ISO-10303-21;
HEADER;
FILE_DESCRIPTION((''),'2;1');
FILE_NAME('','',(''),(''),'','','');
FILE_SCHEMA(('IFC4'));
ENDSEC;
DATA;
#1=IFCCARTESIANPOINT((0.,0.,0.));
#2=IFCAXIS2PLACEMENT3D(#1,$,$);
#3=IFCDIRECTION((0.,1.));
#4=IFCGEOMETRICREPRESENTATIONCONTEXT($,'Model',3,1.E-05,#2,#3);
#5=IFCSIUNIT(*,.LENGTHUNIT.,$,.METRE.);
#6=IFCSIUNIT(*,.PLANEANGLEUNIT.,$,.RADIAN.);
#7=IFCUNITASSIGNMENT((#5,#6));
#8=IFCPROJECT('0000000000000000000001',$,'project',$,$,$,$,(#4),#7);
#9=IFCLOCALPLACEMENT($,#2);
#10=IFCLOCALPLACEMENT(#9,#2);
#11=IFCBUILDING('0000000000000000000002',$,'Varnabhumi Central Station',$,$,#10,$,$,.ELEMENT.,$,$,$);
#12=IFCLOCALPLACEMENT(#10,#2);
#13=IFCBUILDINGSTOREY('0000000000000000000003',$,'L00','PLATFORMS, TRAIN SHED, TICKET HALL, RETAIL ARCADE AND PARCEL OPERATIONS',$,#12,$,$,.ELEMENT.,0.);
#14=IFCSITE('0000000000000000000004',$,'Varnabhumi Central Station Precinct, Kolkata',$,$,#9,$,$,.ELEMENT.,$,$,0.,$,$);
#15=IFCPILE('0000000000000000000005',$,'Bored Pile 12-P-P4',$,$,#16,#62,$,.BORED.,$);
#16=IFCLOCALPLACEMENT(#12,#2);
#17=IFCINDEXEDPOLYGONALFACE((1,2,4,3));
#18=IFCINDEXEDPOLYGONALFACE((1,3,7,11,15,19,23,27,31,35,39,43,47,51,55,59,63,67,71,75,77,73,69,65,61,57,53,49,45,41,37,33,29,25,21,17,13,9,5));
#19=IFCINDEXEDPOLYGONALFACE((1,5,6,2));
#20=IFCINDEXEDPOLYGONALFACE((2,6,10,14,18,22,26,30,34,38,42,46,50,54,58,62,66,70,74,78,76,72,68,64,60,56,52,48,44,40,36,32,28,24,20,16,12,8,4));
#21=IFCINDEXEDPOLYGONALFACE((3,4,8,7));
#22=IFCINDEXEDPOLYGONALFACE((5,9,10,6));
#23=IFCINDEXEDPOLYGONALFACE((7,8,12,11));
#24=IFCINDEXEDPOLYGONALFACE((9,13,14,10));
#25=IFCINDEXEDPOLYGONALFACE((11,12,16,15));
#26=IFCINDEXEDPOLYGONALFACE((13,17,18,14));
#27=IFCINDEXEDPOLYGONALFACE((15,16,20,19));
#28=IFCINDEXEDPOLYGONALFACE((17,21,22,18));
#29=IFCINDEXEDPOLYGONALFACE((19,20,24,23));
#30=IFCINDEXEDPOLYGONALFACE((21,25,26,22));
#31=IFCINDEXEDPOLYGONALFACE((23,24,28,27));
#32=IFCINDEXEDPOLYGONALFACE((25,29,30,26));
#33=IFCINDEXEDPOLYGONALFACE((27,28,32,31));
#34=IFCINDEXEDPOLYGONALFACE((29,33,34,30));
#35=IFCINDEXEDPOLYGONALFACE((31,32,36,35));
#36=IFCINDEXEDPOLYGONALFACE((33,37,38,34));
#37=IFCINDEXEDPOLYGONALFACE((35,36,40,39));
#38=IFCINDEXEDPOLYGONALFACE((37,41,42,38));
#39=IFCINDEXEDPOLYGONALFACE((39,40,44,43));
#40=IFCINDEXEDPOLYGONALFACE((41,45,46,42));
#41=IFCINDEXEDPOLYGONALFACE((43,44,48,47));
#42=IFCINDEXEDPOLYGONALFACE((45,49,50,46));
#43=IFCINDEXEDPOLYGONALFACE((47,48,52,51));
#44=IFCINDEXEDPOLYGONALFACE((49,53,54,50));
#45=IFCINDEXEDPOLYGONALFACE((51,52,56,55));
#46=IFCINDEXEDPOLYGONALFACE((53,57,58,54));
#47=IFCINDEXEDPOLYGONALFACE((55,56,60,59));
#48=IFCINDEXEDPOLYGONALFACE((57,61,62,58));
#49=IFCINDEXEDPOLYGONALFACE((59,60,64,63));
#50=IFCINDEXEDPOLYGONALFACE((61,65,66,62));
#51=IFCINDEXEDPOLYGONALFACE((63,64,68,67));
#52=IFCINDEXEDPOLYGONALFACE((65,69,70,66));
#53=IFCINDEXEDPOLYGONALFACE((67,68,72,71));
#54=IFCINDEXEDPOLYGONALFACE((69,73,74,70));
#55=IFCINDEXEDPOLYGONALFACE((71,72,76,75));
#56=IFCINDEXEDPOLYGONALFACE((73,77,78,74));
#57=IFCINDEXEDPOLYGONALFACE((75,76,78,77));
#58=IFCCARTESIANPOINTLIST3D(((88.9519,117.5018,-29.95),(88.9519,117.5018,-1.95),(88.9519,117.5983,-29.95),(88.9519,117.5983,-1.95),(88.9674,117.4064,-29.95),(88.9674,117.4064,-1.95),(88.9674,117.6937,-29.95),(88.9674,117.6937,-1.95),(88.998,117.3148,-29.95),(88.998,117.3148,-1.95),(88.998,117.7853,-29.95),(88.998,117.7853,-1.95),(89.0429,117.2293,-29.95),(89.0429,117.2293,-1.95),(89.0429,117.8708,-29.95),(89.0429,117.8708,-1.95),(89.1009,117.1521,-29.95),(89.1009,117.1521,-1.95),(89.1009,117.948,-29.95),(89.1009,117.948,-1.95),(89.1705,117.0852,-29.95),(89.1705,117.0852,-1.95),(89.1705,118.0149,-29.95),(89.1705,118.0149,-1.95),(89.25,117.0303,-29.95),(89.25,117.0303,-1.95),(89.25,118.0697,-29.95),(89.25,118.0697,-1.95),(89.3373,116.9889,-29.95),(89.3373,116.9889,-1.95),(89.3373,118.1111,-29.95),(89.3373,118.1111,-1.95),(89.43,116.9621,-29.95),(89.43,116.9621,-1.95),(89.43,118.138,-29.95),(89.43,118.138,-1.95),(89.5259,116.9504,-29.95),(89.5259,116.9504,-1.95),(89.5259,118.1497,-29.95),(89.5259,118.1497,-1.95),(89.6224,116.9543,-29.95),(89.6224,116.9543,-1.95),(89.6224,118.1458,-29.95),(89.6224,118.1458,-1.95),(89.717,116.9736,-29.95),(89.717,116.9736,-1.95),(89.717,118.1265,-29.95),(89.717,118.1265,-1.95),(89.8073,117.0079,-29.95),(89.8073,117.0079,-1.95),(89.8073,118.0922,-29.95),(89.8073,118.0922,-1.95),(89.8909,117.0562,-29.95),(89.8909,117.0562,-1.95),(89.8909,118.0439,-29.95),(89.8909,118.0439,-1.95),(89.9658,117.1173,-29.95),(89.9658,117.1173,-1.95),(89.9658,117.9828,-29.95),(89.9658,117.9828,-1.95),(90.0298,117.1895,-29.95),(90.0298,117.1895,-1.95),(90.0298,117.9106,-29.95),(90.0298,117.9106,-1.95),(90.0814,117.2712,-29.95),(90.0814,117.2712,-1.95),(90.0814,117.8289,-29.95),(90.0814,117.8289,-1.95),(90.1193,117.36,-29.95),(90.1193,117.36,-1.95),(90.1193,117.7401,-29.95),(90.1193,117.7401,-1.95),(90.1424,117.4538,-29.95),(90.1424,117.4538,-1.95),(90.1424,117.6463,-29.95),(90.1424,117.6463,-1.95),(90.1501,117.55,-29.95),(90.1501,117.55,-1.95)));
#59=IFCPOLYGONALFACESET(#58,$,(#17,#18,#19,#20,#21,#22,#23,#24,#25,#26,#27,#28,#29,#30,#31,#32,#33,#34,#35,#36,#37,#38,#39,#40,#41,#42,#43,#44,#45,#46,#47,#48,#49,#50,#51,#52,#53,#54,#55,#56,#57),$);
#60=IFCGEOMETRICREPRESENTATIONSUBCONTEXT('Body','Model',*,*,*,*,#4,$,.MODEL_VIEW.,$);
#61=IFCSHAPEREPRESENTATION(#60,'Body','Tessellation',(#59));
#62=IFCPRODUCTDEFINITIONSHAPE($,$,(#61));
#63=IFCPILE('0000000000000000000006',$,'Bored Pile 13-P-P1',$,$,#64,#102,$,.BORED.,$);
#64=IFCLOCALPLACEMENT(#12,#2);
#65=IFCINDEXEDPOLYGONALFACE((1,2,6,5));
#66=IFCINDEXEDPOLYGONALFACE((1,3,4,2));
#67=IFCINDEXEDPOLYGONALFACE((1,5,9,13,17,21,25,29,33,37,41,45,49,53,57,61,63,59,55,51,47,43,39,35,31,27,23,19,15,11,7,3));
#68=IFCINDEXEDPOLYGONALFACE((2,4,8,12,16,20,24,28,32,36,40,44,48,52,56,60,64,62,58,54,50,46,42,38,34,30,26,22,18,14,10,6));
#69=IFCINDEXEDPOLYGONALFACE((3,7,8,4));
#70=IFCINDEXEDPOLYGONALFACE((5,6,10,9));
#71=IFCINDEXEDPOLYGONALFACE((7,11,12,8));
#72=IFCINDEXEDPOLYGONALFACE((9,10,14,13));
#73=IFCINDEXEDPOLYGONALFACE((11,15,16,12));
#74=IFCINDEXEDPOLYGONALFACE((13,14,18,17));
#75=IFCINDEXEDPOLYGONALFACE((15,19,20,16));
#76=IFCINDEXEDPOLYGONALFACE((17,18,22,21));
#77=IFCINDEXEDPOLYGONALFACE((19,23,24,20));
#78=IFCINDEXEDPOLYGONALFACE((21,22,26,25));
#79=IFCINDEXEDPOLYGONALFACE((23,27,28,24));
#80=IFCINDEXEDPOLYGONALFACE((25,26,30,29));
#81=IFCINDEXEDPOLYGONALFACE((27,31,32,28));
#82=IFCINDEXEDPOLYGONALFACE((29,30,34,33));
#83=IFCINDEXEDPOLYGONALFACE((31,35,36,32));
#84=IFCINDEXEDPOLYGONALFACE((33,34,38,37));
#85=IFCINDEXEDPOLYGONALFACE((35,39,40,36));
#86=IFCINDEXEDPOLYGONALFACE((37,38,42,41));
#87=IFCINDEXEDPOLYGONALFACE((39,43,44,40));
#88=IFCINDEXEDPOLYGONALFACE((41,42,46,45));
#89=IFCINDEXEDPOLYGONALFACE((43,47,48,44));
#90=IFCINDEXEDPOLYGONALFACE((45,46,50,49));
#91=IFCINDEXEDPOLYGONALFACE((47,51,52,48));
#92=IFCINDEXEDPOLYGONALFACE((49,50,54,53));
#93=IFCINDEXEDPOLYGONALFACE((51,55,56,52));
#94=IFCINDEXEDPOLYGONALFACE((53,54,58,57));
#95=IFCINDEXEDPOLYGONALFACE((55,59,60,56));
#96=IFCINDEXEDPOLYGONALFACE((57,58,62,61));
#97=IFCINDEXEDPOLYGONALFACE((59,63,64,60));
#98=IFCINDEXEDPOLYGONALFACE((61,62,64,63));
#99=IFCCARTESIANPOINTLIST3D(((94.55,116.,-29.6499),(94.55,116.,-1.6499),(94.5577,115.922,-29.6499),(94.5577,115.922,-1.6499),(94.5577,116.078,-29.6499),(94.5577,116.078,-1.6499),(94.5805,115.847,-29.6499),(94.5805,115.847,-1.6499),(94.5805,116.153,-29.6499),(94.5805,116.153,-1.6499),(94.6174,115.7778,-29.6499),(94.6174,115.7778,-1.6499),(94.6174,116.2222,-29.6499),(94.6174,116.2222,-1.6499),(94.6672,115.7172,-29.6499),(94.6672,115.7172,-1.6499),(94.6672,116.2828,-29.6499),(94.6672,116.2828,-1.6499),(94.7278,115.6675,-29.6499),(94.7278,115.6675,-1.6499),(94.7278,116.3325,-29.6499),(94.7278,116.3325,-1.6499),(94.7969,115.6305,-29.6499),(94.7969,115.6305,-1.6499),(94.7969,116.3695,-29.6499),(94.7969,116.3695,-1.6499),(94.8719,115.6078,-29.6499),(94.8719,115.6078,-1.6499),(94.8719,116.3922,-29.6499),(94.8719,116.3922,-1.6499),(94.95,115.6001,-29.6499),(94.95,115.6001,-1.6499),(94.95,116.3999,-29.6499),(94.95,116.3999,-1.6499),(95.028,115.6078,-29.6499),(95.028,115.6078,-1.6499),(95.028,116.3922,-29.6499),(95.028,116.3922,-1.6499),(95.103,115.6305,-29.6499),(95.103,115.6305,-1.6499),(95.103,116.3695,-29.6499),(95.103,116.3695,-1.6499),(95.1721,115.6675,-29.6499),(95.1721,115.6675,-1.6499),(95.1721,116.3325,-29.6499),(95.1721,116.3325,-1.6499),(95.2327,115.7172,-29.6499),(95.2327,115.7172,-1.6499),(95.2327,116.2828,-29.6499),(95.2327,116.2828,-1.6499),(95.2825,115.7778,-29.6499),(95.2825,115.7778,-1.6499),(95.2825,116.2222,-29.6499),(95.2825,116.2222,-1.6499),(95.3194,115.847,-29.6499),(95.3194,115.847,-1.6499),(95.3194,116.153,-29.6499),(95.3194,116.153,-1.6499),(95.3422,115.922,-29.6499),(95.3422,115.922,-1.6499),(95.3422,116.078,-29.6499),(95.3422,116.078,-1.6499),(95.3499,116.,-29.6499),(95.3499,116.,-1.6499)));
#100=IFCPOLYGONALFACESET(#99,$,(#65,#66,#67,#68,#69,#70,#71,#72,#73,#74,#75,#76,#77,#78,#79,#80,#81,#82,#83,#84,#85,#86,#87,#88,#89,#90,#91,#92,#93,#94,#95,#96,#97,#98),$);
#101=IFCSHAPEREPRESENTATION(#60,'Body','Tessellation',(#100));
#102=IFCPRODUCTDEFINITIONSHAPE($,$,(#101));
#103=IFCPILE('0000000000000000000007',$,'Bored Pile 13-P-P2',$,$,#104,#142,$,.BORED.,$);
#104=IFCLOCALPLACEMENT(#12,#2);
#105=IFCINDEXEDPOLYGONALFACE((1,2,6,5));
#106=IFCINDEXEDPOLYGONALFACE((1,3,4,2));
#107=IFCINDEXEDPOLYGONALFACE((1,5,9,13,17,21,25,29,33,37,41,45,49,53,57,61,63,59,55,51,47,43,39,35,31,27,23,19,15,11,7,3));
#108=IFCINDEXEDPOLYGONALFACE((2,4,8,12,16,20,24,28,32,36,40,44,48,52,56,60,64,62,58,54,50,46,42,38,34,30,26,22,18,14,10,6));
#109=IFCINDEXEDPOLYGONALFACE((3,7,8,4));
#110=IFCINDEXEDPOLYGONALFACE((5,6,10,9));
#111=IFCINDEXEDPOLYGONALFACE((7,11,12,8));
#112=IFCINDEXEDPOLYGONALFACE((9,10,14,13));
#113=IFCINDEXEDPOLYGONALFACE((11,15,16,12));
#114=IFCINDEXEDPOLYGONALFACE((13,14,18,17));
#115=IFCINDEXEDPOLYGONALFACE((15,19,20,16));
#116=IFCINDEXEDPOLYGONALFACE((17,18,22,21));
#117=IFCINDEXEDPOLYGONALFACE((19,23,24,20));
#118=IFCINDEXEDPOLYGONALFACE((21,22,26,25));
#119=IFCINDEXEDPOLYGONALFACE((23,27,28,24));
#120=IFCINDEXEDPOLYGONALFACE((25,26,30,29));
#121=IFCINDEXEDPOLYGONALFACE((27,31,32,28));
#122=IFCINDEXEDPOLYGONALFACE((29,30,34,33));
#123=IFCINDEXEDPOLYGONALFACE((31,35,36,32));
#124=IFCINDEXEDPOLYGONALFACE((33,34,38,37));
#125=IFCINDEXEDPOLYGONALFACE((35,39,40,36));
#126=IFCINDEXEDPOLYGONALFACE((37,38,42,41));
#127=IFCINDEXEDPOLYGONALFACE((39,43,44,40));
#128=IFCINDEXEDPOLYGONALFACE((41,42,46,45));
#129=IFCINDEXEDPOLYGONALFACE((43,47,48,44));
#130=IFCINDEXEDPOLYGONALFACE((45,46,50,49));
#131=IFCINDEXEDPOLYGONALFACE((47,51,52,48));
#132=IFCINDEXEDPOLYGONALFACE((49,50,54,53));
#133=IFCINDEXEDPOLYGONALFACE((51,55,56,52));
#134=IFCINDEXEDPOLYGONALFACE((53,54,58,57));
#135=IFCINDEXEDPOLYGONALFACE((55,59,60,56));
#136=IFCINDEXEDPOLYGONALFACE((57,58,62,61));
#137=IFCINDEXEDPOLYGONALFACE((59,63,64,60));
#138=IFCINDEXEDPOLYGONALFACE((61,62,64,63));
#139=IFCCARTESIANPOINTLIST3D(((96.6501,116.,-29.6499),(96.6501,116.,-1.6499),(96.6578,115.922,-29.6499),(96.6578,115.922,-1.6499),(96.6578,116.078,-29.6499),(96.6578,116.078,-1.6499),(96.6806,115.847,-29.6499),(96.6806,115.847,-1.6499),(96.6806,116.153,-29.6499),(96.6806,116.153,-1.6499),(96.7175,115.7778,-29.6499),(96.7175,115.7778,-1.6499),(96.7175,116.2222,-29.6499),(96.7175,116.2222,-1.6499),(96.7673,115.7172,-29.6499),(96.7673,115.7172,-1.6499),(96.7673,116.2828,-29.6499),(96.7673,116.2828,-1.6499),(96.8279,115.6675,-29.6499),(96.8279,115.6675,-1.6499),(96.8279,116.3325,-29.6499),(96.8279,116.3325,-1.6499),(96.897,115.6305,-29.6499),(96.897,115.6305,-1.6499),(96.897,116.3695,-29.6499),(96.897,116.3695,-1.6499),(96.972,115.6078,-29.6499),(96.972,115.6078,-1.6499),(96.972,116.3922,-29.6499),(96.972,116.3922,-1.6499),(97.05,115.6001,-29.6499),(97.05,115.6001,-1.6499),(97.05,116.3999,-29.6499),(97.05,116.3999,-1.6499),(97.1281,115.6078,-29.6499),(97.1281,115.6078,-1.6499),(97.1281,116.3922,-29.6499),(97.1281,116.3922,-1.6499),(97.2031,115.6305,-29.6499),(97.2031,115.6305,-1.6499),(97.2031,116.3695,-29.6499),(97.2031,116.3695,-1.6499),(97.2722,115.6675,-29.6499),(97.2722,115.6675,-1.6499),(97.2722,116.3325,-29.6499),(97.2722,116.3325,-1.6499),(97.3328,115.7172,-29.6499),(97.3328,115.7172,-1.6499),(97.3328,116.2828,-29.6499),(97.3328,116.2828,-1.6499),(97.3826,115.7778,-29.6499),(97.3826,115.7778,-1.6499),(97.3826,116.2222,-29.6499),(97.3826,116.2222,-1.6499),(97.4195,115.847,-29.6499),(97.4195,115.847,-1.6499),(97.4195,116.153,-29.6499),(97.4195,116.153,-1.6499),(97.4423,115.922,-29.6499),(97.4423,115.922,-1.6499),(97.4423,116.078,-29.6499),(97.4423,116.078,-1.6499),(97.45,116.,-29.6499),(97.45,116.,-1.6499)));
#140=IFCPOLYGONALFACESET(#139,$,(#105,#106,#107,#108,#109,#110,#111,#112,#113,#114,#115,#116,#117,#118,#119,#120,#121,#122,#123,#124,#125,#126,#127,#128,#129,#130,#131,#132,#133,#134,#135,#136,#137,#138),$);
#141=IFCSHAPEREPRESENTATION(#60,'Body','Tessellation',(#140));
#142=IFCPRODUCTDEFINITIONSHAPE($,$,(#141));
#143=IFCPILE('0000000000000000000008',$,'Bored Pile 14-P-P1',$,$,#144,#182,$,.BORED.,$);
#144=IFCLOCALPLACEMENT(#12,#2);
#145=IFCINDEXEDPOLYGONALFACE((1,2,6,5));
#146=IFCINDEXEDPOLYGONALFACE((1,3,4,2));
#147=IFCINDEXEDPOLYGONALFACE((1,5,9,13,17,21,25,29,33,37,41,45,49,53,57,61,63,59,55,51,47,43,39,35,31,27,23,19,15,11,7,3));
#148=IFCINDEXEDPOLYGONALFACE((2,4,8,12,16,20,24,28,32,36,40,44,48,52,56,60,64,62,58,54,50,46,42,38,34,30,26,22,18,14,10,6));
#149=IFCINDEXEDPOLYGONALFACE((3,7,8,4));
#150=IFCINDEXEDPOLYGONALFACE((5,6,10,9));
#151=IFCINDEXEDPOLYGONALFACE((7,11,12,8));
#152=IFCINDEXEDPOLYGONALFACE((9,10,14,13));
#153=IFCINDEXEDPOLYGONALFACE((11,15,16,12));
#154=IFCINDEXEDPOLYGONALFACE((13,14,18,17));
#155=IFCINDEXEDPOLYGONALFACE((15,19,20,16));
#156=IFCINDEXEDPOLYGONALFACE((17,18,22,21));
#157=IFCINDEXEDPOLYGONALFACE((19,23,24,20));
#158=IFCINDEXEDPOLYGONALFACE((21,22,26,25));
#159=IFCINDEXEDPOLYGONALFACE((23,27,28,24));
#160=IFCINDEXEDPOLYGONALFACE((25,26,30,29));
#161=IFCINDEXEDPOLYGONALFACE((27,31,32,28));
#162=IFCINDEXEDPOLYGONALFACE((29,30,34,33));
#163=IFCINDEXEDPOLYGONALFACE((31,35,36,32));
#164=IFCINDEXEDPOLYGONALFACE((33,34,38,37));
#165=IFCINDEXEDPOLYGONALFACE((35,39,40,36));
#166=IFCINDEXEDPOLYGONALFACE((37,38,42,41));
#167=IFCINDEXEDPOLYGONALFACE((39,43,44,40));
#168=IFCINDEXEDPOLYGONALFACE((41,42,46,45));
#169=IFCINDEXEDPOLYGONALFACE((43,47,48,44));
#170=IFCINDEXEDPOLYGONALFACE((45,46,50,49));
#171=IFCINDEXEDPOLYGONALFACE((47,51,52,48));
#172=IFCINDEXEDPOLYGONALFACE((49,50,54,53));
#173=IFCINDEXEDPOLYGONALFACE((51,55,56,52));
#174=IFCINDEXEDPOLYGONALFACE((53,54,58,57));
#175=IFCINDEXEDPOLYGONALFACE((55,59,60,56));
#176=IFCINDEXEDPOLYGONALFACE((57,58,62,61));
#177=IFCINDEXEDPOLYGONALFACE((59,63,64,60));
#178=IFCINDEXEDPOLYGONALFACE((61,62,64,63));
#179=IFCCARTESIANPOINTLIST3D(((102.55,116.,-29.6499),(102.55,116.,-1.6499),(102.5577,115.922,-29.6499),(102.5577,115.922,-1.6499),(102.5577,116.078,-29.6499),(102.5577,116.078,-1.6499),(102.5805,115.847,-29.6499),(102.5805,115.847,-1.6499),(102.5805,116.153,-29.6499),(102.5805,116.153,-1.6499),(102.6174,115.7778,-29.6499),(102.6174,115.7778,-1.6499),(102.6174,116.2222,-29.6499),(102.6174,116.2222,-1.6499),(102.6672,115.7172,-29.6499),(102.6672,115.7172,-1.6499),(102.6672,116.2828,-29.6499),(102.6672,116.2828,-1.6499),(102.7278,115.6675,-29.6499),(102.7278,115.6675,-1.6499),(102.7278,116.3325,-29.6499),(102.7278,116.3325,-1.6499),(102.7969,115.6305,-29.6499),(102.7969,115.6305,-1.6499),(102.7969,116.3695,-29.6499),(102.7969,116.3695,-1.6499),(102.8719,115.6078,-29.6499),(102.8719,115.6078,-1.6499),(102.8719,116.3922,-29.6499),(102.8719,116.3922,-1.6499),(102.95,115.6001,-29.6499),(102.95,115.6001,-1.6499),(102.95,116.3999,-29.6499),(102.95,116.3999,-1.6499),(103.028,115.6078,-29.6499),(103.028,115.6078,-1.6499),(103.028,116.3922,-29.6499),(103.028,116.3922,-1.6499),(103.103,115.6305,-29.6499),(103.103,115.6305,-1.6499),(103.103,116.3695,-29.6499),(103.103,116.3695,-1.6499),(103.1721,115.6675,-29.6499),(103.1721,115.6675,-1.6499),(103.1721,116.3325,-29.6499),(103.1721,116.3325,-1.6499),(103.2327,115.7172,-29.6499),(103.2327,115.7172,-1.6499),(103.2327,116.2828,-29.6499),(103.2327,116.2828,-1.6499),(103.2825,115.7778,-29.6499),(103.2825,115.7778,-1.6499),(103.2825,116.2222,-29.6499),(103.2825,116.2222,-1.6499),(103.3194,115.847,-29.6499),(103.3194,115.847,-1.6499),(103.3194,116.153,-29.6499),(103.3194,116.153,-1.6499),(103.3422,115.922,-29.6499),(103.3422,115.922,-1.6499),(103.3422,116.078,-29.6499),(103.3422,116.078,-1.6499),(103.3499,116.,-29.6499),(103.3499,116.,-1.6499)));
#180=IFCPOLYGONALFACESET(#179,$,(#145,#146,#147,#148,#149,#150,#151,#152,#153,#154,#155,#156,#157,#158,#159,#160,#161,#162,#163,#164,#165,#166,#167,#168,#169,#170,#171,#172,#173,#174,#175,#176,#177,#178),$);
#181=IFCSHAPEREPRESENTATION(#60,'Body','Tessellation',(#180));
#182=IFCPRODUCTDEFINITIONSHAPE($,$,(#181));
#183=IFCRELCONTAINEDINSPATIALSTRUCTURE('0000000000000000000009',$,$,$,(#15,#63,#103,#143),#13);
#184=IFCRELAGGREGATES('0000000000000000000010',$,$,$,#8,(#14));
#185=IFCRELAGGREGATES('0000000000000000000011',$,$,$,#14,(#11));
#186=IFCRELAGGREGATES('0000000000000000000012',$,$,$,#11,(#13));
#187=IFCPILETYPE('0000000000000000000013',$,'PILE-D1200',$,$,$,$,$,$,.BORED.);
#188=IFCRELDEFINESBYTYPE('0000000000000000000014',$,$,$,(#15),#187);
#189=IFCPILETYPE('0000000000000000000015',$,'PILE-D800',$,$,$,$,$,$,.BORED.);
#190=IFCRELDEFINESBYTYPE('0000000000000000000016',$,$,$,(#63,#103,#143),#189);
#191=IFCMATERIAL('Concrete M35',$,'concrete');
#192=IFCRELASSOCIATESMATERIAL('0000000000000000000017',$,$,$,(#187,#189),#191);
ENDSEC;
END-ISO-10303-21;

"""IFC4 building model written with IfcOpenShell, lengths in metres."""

from ifc_helpers import new_model, si_unit, direction, frame, origin, origin_2d, place, context, subcontext, project, spatial, circle, extrude, material, material_profile, profile_set, type_object, element, save


model = new_model("IFC4")

# Units and contexts
model_context = context("Model", 3, precision=1e-05, world=origin(), true_north=direction((0.0, 1.0)))
body_context = subcontext(model_context, "Body", "Model", "MODEL_VIEW")
ifc_project = project(units=[si_unit("LENGTHUNIT", "METRE"), si_unit("PLANEANGLEUNIT", "RADIAN")], contexts=[model_context])

# Site, building, storey
site_placement = place(None, origin())
site = spatial("IfcSite", under=ifc_project, at=site_placement, Name="Varnabhumi Central Station Precinct, Kolkata", CompositionType="ELEMENT", RefElevation=0.0)
building_placement = place(site_placement, origin())
building = spatial("IfcBuilding", under=site, at=building_placement, Name="Varnabhumi Central Station", CompositionType="ELEMENT")
storey_placement = place(building_placement, origin())
storey = spatial("IfcBuildingStorey", under=building, at=storey_placement, Name="L00", Description="PLATFORMS, TRAIN SHED, TICKET HALL, RETAIL ARCADE AND PARCEL OPERATIONS", CompositionType="ELEMENT", Elevation=0.0)

# Piles
ifc_material_1 = material(Name="Concrete M35", Category="concrete")
ifc_material_profile_1 = material_profile(ifc_material_1, circle(Radius=0.6001, at=origin_2d()), Name="Concrete M35", Category="concrete")
ifc_profile_set_1 = profile_set([ifc_material_profile_1], Name="Concrete M35")
pile_type_1 = type_object("IfcPileType", Name="PILE-D1200", PredefinedType="BORED", material=ifc_profile_set_1)
for number, where, z_axis, x_axis, name in (
    (1, (89.55, 117.55, -1.95), (0.0, 0.0, -1.0), (1.0, 0.0, 0.0), "Bored Pile 12-P-P4"),
):
    element("IfcPile", number, at=place(storey_placement, frame(where, z_axis=z_axis, x_axis=x_axis)), inside=storey, type_object=pile_type_1, Name=name, PredefinedType="BORED", context=body_context, shape_type="SweptSolid", body=[
        extrude(circle(Radius=0.6001, at=origin_2d()), origin(), (0.0, 0.0, 1.0), 28.0),
    ])
ifc_material_profile_2 = material_profile(ifc_material_1, circle(Radius=0.3999, at=origin_2d()), Name="Concrete M35", Category="concrete")
ifc_profile_set_2 = profile_set([ifc_material_profile_2], Name="Concrete M35")
pile_type_2 = type_object("IfcPileType", Name="PILE-D800", PredefinedType="BORED", material=ifc_profile_set_2)
for number, where, z_axis, x_axis, name in (
    (2, (94.95, 116.0, -1.6499), (0.0, 0.0, -1.0), (1.0, 0.0, 0.0), "Bored Pile 13-P-P1"),
    (3, (97.05, 116.0, -1.6499), (0.0, 0.0, -1.0), (1.0, 0.0, 0.0), "Bored Pile 13-P-P2"),
    (4, (102.95, 116.0, -1.6499), (0.0, 0.0, -1.0), (1.0, 0.0, 0.0), "Bored Pile 14-P-P1"),
):
    element("IfcPile", number, at=place(storey_placement, frame(where, z_axis=z_axis, x_axis=x_axis)), inside=storey, type_object=pile_type_2, Name=name, PredefinedType="BORED", context=body_context, shape_type="SweptSolid", body=[
        extrude(circle(Radius=0.3999, at=origin_2d()), origin(), (0.0, 0.0, 1.0), 28.0),
    ])

save(model, "model.ifc")
